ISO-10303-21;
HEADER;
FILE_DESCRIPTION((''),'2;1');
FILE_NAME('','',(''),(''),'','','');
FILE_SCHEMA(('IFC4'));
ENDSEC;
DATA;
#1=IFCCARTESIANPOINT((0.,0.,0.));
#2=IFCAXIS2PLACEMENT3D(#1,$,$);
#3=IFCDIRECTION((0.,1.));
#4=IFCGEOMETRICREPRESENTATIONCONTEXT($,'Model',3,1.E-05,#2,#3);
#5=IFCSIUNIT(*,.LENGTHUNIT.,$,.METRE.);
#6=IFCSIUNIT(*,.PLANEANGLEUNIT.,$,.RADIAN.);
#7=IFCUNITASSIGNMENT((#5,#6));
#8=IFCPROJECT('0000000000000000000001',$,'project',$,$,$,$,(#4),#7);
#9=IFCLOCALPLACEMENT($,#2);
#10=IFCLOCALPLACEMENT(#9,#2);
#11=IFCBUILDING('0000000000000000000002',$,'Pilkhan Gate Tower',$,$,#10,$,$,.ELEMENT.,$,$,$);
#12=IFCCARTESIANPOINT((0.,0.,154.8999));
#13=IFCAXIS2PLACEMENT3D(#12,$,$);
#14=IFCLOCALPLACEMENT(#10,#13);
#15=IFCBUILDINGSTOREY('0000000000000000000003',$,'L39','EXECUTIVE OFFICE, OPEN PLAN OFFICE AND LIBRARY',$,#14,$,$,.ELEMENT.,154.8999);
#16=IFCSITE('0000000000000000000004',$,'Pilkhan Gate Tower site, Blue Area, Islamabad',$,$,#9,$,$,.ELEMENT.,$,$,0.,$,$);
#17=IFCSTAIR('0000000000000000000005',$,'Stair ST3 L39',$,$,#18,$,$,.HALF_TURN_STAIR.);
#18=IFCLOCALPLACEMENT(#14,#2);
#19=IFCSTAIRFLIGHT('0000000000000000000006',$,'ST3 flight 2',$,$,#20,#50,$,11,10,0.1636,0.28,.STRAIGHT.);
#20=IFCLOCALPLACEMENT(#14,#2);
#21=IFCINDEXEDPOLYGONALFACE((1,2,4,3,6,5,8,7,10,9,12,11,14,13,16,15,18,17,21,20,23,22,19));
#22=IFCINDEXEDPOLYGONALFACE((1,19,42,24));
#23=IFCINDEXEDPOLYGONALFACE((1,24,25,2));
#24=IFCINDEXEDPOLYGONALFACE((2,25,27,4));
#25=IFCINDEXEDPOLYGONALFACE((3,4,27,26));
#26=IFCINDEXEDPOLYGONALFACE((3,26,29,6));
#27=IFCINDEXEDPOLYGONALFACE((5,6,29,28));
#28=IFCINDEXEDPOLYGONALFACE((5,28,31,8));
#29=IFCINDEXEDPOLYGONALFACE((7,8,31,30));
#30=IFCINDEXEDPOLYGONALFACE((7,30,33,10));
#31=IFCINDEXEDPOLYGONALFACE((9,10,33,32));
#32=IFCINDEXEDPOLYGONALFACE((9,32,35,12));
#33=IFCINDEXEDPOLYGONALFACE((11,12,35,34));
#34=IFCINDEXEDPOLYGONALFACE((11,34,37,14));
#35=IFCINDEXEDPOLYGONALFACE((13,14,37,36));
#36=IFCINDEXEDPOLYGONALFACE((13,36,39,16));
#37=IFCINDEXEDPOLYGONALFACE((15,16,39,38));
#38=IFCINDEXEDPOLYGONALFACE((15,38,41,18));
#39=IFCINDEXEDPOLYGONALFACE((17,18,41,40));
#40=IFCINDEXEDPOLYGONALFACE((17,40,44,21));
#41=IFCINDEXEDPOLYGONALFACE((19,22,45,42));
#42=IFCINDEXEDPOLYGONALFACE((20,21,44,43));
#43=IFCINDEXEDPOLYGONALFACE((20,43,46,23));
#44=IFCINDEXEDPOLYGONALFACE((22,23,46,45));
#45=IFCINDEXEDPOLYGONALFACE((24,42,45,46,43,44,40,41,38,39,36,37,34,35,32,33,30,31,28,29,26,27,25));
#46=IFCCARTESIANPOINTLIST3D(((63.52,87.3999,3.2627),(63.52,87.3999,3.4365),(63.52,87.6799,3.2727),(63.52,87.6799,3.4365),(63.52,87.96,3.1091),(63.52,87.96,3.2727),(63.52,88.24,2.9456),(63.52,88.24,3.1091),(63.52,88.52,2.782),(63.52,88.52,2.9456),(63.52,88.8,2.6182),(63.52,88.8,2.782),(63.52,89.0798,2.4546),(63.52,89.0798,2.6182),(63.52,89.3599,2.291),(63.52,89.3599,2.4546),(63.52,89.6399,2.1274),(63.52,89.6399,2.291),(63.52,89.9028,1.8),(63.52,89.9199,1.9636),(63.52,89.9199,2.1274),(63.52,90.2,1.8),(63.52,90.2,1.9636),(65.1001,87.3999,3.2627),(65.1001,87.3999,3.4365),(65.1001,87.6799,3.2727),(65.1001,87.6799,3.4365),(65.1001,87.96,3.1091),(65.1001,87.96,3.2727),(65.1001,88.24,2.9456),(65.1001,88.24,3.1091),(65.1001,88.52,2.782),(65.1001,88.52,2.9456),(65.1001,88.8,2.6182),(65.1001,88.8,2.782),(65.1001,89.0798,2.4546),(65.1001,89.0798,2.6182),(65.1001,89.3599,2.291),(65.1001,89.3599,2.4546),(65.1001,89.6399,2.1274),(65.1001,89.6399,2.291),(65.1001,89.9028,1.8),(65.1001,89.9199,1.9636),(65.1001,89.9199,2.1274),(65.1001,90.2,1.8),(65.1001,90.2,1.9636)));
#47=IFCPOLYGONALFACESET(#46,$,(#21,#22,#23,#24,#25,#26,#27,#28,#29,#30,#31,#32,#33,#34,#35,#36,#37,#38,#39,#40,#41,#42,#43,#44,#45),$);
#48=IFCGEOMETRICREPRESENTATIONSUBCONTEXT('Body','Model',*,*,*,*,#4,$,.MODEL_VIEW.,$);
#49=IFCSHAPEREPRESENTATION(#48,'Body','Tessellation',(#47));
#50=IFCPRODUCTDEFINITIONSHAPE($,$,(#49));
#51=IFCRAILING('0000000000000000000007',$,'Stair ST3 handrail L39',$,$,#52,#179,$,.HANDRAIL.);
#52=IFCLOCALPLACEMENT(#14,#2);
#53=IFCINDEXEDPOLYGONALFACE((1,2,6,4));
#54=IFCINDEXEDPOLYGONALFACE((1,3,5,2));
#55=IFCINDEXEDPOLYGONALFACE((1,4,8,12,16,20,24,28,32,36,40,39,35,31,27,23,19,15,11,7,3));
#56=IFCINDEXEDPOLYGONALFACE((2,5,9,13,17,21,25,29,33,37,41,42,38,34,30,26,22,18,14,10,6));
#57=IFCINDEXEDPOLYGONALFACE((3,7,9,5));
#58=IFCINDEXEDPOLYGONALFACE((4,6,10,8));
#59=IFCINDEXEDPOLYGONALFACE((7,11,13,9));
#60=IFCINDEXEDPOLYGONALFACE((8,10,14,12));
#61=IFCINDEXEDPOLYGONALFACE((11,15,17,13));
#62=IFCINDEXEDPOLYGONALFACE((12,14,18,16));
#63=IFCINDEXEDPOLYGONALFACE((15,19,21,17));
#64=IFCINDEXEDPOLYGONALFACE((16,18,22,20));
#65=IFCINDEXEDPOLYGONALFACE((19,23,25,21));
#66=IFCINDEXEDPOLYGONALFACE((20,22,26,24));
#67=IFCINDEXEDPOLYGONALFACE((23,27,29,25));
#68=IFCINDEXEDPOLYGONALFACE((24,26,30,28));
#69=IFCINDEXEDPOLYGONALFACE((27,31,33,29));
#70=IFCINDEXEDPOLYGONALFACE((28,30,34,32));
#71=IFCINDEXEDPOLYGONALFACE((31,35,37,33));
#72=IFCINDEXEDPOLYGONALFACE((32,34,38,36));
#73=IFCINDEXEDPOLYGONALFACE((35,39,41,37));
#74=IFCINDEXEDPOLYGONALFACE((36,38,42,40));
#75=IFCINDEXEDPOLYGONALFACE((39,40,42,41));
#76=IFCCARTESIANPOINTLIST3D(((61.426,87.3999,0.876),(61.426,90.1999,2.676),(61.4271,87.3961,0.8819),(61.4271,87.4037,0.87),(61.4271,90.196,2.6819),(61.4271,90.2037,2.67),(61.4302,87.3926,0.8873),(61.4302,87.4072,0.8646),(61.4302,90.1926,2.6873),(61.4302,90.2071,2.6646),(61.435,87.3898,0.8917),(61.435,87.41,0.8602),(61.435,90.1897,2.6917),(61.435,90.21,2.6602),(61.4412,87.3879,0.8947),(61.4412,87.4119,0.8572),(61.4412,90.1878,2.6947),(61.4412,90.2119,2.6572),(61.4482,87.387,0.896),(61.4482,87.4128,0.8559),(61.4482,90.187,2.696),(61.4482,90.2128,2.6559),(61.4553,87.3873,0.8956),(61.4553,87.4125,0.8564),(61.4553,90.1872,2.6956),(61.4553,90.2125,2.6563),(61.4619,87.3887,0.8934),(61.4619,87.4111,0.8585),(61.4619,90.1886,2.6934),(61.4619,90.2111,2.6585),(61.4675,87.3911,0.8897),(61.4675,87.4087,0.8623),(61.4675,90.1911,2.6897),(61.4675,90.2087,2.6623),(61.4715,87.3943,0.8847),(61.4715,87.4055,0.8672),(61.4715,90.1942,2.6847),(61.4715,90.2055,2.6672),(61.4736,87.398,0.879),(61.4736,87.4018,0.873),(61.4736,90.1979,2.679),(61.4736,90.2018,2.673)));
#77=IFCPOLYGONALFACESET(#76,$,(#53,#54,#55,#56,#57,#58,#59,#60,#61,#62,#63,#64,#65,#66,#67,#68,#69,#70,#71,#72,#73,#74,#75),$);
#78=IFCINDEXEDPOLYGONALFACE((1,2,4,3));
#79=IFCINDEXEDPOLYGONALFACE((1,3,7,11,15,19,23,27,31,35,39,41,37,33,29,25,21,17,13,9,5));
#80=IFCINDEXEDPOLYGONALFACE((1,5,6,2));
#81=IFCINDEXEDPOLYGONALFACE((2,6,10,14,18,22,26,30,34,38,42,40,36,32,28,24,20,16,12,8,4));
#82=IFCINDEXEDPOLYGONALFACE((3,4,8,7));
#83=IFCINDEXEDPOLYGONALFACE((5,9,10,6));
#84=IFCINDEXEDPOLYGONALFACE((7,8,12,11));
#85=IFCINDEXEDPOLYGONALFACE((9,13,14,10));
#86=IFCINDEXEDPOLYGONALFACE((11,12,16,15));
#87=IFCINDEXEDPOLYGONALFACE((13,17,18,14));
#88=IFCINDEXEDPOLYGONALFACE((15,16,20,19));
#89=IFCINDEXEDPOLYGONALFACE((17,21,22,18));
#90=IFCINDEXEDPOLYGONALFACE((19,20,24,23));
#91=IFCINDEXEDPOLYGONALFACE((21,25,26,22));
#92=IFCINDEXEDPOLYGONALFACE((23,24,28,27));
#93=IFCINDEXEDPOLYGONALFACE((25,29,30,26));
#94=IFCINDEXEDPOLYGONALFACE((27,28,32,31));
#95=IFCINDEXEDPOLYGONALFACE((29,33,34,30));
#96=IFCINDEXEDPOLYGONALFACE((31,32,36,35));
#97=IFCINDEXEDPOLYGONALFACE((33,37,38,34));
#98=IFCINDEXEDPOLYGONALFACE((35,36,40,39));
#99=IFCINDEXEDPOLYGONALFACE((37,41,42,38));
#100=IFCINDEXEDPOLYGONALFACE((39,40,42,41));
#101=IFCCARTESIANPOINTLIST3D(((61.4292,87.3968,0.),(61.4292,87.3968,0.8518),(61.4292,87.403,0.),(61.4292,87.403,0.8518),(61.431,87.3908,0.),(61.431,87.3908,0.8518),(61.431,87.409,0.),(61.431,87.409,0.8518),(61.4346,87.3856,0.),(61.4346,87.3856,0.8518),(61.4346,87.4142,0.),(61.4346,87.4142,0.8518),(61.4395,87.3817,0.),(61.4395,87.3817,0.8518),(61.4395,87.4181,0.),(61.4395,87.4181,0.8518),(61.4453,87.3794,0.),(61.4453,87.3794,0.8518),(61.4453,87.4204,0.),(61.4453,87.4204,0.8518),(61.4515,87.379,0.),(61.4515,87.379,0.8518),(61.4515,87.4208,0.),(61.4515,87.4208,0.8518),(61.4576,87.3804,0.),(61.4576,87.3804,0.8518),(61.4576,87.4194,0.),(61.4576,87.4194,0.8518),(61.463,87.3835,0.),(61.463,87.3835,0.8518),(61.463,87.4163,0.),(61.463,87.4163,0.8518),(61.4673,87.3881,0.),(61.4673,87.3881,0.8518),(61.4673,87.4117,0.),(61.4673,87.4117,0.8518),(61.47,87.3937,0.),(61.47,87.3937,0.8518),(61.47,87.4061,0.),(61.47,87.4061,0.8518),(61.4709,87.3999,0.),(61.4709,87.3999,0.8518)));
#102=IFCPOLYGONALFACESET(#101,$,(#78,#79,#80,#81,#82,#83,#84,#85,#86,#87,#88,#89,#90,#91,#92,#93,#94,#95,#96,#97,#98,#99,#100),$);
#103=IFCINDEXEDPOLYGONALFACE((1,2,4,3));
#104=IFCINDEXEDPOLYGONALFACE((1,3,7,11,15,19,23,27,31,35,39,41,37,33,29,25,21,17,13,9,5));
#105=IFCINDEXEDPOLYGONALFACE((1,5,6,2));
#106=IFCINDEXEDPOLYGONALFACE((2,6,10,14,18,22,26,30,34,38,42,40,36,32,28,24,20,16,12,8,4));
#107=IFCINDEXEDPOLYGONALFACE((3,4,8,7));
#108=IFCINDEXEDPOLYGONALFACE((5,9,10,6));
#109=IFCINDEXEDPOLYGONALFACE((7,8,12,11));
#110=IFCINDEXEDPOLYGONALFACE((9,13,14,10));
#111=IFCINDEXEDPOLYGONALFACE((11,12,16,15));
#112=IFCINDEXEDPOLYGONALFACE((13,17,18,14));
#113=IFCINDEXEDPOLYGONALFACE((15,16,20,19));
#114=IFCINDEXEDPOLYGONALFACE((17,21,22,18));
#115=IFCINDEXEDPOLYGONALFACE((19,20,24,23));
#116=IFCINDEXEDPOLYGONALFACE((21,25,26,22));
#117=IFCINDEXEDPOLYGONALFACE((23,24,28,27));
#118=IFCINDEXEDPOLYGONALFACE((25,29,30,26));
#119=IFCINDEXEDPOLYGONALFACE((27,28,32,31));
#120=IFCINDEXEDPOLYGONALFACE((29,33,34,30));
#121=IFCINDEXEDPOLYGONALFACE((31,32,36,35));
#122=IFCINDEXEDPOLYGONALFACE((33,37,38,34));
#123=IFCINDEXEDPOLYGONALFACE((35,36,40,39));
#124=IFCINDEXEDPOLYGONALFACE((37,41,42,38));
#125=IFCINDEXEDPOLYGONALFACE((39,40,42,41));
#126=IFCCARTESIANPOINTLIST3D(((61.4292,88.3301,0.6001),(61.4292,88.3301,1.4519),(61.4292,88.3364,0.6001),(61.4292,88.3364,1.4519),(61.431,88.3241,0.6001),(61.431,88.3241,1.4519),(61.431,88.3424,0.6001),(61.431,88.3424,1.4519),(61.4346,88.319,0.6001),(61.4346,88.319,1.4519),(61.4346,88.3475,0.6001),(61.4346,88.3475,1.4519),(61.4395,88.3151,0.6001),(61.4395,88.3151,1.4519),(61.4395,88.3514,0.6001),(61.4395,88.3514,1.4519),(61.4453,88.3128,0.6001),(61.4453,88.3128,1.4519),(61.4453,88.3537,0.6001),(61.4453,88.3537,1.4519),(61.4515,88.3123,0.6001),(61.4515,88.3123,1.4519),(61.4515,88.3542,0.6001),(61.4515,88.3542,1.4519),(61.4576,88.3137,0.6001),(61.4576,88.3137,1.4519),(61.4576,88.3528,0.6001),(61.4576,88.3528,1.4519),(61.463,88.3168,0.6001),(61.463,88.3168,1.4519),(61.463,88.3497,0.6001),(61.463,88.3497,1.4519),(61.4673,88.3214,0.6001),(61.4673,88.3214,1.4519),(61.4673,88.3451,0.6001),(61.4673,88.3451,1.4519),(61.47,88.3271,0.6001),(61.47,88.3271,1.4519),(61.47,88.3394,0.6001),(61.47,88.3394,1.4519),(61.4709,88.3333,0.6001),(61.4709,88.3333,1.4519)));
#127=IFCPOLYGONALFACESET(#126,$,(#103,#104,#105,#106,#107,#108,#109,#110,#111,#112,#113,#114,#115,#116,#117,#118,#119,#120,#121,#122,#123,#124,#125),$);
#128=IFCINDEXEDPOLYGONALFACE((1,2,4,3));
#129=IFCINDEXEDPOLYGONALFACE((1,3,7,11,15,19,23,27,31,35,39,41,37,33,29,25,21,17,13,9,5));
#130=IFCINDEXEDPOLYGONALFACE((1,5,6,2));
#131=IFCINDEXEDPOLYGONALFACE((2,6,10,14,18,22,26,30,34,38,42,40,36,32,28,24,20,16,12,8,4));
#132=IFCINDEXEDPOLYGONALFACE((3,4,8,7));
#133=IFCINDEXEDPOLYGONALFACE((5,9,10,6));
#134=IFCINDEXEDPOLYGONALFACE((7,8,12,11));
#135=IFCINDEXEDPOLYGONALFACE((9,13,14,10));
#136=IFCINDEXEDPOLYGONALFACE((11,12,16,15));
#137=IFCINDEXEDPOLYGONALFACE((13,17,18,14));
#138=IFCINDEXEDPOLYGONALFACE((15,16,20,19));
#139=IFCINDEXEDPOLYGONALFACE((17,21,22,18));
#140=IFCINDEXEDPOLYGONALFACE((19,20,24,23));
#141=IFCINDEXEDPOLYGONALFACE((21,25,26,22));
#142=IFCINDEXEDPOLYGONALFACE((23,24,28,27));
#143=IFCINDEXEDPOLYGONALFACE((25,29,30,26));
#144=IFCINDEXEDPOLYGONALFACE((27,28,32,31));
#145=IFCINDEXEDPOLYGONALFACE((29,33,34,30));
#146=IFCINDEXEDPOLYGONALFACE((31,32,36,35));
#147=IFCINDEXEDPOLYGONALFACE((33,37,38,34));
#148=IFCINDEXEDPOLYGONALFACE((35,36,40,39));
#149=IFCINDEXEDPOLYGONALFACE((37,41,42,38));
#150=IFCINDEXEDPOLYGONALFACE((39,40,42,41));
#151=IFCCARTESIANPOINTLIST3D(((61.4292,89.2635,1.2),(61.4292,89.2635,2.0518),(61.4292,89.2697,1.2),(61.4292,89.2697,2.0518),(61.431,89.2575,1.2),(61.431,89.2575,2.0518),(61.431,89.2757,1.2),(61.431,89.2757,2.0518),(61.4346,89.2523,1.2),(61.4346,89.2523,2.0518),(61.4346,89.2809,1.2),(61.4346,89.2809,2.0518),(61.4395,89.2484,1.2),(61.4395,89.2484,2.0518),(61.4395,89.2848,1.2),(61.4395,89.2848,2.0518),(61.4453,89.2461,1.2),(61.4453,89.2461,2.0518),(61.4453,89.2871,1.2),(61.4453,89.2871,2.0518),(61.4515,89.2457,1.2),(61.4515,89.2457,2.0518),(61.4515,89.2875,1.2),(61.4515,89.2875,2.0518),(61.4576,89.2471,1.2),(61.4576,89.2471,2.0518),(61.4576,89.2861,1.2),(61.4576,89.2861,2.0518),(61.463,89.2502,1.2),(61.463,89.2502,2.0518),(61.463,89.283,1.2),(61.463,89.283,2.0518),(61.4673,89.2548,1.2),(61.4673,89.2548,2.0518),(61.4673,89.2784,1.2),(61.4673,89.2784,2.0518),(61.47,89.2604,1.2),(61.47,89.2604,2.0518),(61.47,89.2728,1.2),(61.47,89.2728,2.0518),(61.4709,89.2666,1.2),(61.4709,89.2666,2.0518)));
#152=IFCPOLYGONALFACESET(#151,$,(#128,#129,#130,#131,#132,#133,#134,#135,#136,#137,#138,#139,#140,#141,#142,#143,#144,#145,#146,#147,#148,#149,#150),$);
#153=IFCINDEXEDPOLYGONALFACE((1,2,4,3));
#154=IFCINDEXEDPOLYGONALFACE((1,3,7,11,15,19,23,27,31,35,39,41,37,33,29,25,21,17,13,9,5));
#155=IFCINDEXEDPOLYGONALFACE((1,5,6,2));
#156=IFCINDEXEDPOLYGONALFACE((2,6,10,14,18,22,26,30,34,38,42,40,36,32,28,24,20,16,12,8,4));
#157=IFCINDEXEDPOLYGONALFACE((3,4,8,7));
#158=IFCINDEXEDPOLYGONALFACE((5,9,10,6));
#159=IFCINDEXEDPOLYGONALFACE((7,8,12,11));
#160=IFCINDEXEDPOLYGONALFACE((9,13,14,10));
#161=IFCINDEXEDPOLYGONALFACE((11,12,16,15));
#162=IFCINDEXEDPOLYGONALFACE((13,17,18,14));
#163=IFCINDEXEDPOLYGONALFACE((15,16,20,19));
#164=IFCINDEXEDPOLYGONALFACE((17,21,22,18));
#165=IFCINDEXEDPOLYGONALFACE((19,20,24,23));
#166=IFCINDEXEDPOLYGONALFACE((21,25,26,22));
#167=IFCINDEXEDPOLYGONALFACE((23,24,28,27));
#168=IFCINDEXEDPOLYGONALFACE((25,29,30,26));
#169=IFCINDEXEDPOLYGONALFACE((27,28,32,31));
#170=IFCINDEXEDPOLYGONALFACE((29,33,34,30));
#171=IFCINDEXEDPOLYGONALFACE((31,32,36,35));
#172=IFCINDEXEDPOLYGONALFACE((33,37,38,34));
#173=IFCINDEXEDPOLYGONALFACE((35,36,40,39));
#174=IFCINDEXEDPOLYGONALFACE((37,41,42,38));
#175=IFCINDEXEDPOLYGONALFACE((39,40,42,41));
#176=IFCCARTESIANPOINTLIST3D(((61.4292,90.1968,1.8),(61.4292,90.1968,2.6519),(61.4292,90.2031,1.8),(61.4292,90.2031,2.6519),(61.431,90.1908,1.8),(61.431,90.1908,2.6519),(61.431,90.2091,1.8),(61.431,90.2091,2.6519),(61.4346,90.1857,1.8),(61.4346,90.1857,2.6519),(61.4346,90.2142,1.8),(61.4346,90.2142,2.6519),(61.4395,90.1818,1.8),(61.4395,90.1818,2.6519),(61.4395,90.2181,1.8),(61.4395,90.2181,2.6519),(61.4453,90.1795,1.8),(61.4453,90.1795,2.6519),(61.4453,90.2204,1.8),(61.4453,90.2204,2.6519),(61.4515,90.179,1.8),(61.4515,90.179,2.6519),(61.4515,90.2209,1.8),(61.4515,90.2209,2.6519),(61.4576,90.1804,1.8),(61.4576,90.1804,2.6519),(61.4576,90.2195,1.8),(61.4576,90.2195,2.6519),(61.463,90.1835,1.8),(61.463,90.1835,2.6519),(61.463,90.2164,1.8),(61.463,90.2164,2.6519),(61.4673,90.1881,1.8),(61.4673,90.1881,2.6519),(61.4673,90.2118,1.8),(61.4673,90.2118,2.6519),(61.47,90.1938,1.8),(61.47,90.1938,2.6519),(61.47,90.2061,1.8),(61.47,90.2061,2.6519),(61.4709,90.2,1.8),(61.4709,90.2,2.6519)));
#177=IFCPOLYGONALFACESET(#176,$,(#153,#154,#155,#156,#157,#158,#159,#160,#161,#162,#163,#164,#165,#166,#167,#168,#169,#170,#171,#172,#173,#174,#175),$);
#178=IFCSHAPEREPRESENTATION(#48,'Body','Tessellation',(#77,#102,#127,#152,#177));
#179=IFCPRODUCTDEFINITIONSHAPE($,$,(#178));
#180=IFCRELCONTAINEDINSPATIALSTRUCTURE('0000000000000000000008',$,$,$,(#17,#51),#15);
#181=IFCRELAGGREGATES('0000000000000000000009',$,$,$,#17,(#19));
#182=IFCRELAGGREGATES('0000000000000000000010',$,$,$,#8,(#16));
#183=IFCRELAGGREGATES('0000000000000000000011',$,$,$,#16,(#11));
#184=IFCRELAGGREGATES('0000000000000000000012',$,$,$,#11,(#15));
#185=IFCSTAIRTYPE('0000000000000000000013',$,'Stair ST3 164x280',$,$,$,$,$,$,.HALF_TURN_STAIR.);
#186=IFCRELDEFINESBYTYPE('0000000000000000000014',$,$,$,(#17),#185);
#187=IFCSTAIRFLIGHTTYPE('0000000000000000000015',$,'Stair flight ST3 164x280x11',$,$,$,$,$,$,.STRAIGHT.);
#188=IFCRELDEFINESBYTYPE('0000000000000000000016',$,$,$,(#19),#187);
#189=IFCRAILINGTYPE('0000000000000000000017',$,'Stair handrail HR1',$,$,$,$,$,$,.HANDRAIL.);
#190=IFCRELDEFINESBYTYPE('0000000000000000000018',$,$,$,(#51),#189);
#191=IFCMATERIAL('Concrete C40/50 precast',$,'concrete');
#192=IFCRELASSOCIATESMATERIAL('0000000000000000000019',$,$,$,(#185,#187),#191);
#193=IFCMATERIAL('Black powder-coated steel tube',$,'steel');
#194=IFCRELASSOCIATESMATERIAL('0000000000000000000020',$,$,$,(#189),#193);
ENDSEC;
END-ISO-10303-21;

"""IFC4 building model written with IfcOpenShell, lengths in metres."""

from ifc_helpers import new_model, si_unit, direction, frame, origin, origin_2d, place, context, subcontext, project, spatial, polyline, circle, outline, extrude, material, type_object, element, aggregate, save


model = new_model("IFC4")

# Units and contexts
model_context = context("Model", 3, precision=1e-05, world=origin(), true_north=direction((0.0, 1.0)))
body_context = subcontext(model_context, "Body", "Model", "MODEL_VIEW")
ifc_project = project(units=[si_unit("LENGTHUNIT", "METRE"), si_unit("PLANEANGLEUNIT", "RADIAN")], contexts=[model_context])

# Site, building, storey
site_placement = place(None, origin())
site = spatial("IfcSite", under=ifc_project, at=site_placement, Name="Pilkhan Gate Tower site, Blue Area, Islamabad", CompositionType="ELEMENT", RefElevation=0.0)
building_placement = place(site_placement, origin())
building = spatial("IfcBuilding", under=site, at=building_placement, Name="Pilkhan Gate Tower", CompositionType="ELEMENT")
storey_placement = place(building_placement, frame((0.0, 0.0, 154.8999)))
storey = spatial("IfcBuildingStorey", under=building, at=storey_placement, Name="L39", Description="EXECUTIVE OFFICE, OPEN PLAN OFFICE AND LIBRARY", CompositionType="ELEMENT", Elevation=154.8999)

# Stair, stair flight
ifc_material_1 = material(Name="Concrete C40/50 precast", Category="concrete")
stair_type = type_object("IfcStairType", Name="Stair ST3 164x280", PredefinedType="HALF_TURN_STAIR", material=ifc_material_1)
stair_placement = place(storey_placement, origin())
stair = element("IfcStair", 1, at=stair_placement, inside=storey, type_object=stair_type, Name="Stair ST3 L39", PredefinedType="HALF_TURN_STAIR")
stair_flight_type = type_object("IfcStairFlightType", Name="Stair flight ST3 164x280x11", PredefinedType="STRAIGHT", material=ifc_material_1)
stair_flight_1_placement = place(storey_placement, frame((64.3101, 90.2, 1.8), z_axis=(0.0, 0.0, 1.0), x_axis=(0.0, -1.0, 0.0)))
stair_flight_1 = element("IfcStairFlight", 2, at=stair_flight_1_placement, type_object=stair_flight_type, Name="ST3 flight 2", NumberOfRisers=11, NumberOfTreads=10, PredefinedType="STRAIGHT", RiserHeight=0.1636, TreadLength=0.28, context=body_context, shape_type="SweptSolid", body=[
    extrude(outline(polyline([(0.0, 0.0), (0.0, 0.1636), (0.28, 0.1636), (0.28, 0.3274), (0.5601, 0.3274), (0.5601, 0.491), (0.8401, 0.491), (0.8401, 0.6545), (1.1201, 0.6545), (1.1201, 0.8181), (1.3999, 0.8181), (1.3999, 0.9819), (1.6799, 0.9819), (1.6799, 1.1455), (1.96, 1.1455), (1.96, 1.3091), (2.24, 1.3091), (2.24, 1.4727), (2.52, 1.4727), (2.52, 1.6365), (2.8, 1.6365), (2.8, 1.8), (2.8, 1.4626), (0.2971, 0.0), (0.0, 0.0)])), frame((0.0, 0.79, 0.0), z_axis=(0.0, -1.0, 0.0), x_axis=(1.0, 0.0, 0.0)), (0.0, 0.0, 1.0), 1.5801),
])
aggregate(stair, [stair_flight_1])

# Railing
ifc_material_2 = material(Name="Black powder-coated steel tube", Category="steel")
railing_type_1 = type_object("IfcRailingType", Name="Stair handrail HR1", PredefinedType="HANDRAIL", material=ifc_material_2)
railing_1_placement = place(storey_placement, frame((61.45, 87.3999, 0.0)))
element("IfcRailing", 3, at=railing_1_placement, inside=storey, type_object=railing_type_1, Name="Stair ST3 handrail L39", PredefinedType="HANDRAIL", context=body_context, shape_type="SweptSolid", body=[
    extrude(circle(Radius=0.0239, at=origin_2d()), frame((0.0, 0.0, 0.876), z_axis=(0.0, 0.841176, 0.540761), x_axis=(-1.0, 0.0, 0.0)), (0.0, 0.0, 1.0), 3.3286),
    extrude(circle(Radius=0.021, at=origin_2d()), origin(), (0.0, 0.0, 1.0), 0.8518),
    extrude(circle(Radius=0.021, at=origin_2d()), frame((0.0, 0.9333, 0.6001)), (0.0, 0.0, 1.0), 0.8518),
    extrude(circle(Radius=0.021, at=origin_2d()), frame((0.0, 1.8667, 1.2)), (0.0, 0.0, 1.0), 0.8518),
    extrude(circle(Radius=0.021, at=origin_2d()), frame((0.0, 2.8, 1.8)), (0.0, 0.0, 1.0), 0.8518),
])

save(model, "model.ifc")
